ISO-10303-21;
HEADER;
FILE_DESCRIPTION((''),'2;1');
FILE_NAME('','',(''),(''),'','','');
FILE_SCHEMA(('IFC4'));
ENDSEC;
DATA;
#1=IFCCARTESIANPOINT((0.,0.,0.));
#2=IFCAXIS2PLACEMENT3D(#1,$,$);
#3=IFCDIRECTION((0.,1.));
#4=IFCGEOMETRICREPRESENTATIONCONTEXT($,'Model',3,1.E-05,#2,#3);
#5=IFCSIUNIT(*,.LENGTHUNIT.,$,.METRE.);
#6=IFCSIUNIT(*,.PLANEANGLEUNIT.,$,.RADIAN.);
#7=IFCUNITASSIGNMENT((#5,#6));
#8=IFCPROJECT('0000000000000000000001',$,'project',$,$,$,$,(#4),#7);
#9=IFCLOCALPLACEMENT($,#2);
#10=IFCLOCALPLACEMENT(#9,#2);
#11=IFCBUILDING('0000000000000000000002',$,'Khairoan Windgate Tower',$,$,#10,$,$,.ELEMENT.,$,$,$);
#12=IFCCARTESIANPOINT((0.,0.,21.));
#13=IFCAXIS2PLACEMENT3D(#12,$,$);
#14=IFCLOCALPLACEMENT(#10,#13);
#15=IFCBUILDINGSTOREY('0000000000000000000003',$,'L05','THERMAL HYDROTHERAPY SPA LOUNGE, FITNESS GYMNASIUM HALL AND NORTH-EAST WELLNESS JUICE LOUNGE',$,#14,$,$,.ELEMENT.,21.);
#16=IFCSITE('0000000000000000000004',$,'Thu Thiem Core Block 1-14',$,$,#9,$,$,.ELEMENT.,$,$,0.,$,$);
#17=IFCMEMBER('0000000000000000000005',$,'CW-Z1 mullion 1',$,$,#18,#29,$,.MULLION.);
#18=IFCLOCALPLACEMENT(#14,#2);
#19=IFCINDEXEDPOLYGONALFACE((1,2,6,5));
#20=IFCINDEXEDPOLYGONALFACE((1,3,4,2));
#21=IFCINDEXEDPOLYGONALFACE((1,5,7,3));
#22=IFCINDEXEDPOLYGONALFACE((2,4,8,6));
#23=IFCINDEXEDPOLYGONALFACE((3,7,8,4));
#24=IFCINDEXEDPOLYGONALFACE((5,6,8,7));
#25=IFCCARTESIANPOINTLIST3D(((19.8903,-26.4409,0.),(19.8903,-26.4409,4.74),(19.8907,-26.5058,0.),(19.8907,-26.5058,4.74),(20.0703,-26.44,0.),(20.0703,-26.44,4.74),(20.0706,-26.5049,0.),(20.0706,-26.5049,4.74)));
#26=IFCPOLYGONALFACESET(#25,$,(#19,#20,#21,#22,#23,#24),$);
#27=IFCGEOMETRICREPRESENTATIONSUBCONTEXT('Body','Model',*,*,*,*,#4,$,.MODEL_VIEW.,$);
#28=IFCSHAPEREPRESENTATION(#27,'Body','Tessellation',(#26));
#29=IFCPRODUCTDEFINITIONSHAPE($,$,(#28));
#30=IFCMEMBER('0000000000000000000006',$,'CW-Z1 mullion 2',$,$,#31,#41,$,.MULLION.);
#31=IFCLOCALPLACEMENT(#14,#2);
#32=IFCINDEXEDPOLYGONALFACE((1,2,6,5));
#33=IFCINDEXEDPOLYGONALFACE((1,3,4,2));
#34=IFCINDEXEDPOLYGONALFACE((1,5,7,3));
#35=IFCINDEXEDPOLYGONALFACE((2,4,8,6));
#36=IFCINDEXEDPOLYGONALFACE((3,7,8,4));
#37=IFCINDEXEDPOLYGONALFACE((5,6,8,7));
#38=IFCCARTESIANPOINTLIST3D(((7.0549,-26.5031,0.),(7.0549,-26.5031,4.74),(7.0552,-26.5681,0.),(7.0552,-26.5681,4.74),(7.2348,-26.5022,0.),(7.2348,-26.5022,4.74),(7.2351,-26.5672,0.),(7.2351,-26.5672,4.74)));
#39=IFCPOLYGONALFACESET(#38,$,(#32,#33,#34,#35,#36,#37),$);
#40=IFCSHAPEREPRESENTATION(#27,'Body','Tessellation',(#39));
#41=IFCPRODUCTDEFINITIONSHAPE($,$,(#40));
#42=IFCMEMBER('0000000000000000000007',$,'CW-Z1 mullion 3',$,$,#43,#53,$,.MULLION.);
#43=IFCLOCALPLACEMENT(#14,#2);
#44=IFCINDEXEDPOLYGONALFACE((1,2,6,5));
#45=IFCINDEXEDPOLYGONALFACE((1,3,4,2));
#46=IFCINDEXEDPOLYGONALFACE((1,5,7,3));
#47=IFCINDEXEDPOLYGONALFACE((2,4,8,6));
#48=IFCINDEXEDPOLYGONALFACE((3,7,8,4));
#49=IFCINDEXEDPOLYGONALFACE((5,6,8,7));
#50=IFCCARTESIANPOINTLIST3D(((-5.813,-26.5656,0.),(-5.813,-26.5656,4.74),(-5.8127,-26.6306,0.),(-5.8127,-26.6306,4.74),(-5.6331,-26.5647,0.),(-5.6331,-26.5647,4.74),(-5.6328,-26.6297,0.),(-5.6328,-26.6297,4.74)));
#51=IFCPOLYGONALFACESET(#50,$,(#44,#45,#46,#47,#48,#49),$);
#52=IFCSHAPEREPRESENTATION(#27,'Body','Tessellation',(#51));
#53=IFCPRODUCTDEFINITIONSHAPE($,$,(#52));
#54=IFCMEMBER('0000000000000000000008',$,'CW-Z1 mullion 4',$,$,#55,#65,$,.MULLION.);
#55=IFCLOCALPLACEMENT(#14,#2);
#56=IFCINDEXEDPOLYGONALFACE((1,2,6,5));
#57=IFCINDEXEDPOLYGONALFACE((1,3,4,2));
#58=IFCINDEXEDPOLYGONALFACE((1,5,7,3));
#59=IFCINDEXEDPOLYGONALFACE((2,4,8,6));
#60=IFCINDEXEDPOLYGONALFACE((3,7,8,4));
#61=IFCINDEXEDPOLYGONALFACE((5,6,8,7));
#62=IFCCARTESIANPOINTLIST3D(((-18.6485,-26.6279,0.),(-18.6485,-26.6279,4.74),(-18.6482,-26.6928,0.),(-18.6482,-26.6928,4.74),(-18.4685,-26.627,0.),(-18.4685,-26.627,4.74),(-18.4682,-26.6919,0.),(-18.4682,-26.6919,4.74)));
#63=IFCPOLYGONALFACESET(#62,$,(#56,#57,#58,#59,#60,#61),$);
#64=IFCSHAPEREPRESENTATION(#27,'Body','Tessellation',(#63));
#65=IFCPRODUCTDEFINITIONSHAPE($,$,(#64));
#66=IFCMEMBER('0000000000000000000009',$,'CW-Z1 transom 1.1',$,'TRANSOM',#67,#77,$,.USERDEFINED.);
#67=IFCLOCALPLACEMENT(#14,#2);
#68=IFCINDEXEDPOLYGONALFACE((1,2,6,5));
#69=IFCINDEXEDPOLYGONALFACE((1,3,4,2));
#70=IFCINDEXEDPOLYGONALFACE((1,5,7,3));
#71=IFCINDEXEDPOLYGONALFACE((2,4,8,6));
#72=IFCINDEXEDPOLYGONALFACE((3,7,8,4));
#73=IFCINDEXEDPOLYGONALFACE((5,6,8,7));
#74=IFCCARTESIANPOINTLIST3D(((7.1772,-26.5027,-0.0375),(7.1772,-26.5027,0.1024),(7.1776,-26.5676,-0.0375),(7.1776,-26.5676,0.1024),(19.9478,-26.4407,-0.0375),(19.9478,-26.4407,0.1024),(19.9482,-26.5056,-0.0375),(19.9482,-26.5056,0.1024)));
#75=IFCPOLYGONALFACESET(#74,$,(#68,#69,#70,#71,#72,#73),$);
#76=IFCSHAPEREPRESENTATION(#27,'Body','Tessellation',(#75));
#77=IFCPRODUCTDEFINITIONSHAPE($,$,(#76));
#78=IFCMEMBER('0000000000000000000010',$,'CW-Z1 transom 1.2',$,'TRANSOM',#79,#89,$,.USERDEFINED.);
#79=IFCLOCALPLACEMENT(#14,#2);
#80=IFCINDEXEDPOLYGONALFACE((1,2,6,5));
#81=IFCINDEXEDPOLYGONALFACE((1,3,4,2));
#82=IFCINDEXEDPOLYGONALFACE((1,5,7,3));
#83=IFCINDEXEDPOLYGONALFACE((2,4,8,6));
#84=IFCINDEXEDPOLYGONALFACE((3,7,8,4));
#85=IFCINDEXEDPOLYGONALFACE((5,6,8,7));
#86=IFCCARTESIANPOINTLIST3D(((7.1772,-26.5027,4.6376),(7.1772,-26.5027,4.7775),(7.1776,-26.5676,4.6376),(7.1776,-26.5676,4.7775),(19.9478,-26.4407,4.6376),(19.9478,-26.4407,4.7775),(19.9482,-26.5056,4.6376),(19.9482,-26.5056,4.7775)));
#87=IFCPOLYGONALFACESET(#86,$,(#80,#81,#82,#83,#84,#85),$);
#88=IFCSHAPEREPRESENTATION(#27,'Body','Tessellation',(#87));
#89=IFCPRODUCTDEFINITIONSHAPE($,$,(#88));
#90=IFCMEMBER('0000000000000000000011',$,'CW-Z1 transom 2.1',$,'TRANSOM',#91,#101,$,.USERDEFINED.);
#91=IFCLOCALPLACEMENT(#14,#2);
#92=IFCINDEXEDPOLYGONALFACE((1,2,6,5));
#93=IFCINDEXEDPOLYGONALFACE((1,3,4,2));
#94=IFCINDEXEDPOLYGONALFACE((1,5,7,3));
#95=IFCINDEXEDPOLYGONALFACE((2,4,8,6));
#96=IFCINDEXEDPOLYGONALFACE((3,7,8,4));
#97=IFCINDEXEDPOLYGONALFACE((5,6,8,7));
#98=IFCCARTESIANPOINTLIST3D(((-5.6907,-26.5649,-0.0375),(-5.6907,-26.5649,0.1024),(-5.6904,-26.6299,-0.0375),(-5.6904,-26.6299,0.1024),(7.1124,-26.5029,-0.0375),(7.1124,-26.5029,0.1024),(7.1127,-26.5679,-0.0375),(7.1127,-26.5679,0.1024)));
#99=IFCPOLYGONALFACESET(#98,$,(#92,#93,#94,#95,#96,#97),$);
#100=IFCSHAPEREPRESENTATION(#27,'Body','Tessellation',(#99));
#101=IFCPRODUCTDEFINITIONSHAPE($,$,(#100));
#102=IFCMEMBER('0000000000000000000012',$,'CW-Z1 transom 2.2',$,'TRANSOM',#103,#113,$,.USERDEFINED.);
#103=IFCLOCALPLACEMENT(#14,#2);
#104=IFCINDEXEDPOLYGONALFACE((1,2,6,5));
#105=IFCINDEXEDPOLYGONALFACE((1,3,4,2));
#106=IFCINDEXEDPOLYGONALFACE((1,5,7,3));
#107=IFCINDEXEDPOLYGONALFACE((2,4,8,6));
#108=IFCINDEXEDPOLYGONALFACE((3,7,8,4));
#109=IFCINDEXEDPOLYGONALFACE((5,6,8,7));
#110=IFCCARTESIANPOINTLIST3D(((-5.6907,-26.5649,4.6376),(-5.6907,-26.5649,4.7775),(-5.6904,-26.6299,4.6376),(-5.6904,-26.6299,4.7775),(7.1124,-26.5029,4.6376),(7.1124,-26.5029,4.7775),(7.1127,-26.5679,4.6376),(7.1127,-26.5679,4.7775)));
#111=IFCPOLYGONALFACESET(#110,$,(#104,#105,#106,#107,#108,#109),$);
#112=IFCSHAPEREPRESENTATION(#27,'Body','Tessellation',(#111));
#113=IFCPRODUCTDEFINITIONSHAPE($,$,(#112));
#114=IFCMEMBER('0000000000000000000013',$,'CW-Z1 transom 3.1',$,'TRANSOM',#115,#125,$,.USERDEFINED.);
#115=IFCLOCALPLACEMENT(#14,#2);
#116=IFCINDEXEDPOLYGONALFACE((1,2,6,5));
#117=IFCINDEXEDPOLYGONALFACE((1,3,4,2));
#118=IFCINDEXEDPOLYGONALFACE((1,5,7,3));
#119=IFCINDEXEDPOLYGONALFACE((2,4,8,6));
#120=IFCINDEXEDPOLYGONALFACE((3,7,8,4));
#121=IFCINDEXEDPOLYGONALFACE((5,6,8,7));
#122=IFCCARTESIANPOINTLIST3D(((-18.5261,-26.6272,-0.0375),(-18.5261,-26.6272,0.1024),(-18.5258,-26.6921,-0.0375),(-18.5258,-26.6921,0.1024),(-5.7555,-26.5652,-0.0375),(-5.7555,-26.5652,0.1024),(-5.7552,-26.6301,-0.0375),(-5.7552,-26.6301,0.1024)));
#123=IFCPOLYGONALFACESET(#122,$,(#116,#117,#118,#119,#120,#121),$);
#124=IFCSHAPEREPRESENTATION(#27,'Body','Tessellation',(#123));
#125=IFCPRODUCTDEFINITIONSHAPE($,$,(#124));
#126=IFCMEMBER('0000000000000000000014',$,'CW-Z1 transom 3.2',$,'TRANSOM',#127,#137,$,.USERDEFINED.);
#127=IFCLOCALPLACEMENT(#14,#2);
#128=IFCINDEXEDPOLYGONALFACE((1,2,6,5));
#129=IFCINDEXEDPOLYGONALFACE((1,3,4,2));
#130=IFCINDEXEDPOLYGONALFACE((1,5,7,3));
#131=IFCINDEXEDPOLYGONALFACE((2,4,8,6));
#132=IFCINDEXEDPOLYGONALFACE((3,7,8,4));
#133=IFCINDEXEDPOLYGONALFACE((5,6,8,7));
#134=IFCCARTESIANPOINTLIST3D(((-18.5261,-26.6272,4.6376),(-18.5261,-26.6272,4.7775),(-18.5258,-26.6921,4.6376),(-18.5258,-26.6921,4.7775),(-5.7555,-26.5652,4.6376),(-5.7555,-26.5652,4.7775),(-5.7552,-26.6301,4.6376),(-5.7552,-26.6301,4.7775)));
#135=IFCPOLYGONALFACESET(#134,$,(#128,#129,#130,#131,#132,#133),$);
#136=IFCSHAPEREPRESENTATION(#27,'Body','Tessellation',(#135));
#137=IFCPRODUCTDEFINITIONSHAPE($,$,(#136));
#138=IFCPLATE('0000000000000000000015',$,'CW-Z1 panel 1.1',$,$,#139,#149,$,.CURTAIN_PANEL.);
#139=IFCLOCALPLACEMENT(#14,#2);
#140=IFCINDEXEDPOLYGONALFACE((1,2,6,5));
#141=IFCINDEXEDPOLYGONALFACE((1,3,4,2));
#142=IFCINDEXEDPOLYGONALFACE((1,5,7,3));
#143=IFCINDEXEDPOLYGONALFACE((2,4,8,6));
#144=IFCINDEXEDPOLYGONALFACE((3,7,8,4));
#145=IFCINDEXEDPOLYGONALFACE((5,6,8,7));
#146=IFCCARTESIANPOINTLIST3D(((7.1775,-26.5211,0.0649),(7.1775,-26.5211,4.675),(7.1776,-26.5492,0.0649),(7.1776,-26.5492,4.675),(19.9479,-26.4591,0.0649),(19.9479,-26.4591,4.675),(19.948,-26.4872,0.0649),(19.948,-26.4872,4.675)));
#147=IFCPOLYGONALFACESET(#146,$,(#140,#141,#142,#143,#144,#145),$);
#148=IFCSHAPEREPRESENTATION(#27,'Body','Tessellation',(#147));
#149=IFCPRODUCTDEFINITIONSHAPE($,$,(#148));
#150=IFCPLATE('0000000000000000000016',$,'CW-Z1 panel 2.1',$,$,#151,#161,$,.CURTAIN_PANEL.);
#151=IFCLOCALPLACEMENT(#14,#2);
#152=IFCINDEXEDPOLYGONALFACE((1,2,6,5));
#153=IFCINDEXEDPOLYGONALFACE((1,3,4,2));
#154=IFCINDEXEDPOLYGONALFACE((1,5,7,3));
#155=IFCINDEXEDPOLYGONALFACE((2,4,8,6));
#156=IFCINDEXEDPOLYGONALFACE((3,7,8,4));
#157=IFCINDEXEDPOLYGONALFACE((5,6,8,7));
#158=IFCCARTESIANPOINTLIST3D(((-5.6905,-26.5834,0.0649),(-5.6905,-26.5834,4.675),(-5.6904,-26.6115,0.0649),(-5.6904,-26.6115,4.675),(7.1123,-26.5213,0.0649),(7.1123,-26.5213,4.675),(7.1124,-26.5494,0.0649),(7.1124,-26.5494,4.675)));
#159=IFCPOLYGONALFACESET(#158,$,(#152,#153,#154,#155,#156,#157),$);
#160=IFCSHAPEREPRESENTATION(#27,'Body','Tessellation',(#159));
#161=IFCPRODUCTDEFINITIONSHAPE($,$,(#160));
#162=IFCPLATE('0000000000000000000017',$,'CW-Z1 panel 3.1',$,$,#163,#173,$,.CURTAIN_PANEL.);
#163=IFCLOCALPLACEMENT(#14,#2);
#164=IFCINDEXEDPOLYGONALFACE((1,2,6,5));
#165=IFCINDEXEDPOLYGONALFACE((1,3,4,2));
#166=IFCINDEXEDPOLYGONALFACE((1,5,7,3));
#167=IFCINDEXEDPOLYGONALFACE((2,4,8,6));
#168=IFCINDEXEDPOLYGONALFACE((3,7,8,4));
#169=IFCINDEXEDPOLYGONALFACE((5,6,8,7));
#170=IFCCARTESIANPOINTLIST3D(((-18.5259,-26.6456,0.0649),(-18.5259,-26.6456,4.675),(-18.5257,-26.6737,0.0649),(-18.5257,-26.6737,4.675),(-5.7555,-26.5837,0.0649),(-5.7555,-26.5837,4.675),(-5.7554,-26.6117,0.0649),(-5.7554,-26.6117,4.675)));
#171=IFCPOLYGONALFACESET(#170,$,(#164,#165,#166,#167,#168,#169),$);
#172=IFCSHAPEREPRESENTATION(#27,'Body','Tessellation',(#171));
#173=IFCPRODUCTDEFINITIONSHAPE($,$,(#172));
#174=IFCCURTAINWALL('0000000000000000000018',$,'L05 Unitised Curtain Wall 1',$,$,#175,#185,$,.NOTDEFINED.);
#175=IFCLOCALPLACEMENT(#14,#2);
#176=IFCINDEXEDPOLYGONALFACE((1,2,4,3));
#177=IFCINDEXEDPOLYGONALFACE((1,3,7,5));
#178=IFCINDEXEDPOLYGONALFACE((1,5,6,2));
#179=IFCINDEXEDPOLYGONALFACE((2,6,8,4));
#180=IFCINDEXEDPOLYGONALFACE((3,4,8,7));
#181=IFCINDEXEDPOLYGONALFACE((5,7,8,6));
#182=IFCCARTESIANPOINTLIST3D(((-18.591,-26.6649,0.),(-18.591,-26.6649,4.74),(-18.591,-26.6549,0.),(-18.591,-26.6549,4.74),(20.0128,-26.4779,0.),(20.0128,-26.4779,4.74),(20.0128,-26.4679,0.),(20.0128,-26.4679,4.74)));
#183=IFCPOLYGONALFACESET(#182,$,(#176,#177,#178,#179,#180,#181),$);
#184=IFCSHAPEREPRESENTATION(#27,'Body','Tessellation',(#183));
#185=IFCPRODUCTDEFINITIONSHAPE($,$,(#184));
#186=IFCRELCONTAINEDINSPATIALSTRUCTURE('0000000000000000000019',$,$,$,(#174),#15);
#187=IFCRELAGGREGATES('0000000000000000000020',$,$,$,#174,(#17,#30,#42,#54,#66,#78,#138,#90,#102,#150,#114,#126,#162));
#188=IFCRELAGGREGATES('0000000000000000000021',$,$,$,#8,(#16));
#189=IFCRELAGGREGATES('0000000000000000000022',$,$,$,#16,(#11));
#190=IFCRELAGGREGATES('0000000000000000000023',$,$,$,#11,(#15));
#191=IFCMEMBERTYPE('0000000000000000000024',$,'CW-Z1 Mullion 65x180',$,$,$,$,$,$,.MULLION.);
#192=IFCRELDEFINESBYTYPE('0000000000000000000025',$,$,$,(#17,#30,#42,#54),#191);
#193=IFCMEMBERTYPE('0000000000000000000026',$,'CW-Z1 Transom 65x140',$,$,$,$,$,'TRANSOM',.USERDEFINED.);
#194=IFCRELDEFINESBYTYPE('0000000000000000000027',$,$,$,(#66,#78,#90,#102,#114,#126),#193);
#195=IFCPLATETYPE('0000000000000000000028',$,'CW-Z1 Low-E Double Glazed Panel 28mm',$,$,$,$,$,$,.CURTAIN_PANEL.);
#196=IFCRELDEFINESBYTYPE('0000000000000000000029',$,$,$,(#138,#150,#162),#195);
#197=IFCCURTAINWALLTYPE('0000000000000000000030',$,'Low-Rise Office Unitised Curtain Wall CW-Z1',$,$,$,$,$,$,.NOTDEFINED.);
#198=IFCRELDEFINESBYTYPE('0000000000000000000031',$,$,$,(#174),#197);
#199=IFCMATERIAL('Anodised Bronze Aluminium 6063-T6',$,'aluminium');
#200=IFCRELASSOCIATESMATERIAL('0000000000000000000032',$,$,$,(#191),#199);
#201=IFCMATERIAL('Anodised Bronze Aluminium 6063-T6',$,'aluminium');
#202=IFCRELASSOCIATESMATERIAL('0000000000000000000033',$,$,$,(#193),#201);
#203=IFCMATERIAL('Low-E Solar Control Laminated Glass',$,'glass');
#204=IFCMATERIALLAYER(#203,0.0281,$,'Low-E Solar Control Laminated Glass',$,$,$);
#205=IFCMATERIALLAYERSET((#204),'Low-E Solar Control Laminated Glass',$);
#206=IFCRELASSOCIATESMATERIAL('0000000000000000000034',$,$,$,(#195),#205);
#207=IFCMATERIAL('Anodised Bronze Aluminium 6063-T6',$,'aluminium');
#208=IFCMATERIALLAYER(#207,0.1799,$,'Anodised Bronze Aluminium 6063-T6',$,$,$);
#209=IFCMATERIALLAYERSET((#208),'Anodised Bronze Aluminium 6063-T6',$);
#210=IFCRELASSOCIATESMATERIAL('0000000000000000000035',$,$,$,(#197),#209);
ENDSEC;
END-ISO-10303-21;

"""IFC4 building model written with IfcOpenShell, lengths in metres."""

from ifc_helpers import new_model, si_unit, direction, frame, frame_2d, origin, origin_2d, place, context, subcontext, project, spatial, rectangle, extrude, material, layer, layer_set, material_profile, profile_set, type_object, element, aggregate, save


model = new_model("IFC4")

# Units and contexts
model_context = context("Model", 3, precision=1e-05, world=origin(), true_north=direction((0.0, 1.0)))
body_context = subcontext(model_context, "Body", "Model", "MODEL_VIEW")
ifc_project = project(units=[si_unit("LENGTHUNIT", "METRE"), si_unit("PLANEANGLEUNIT", "RADIAN")], contexts=[model_context])

# Site, building, storey
site_placement = place(None, origin())
site = spatial("IfcSite", under=ifc_project, at=site_placement, Name="Thu Thiem Core Block 1-14", CompositionType="ELEMENT", RefElevation=0.0)
building_placement = place(site_placement, origin())
building = spatial("IfcBuilding", under=site, at=building_placement, Name="Khairoan Windgate Tower", CompositionType="ELEMENT")
storey_placement = place(building_placement, frame((0.0, 0.0, 21.0)))
storey = spatial("IfcBuildingStorey", under=building, at=storey_placement, Name="L05", Description="THERMAL HYDROTHERAPY SPA LOUNGE, FITNESS GYMNASIUM HALL AND NORTH-EAST WELLNESS JUICE LOUNGE", CompositionType="ELEMENT", Elevation=21.0)

# Members
ifc_material_1 = material(Name="Anodised Bronze Aluminium 6063-T6", Category="aluminium")
ifc_material_profile_1 = material_profile(ifc_material_1, rectangle(XDim=0.0649, YDim=0.1799, at=origin_2d()))
ifc_profile_set_1 = profile_set([ifc_material_profile_1], Name="Anodised Bronze Aluminium 6063-T6")
member_type_1 = type_object("IfcMemberType", Name="CW-Z1 Mullion 65x180", PredefinedType="MULLION", material=ifc_profile_set_1)
member_1_placement = place(storey_placement, frame((19.9805, -26.4729, 0.0), z_axis=(0.0, 0.0, 1.0), x_axis=(0.004849, -0.999988, 0.0)))
member_1 = element("IfcMember", 1, at=member_1_placement, type_object=member_type_1, Name="CW-Z1 mullion 1", PredefinedType="MULLION", context=body_context, shape_type="SweptSolid", body=[
    extrude(rectangle(XDim=0.0649, YDim=0.1799, at=origin_2d()), origin(), (0.0, 0.0, 1.0), 4.74),
])
member_2_placement = place(storey_placement, frame((7.145, -26.5352, 0.0), z_axis=(0.0, 0.0, 1.0), x_axis=(0.004849, -0.999988, 0.0)))
member_2 = element("IfcMember", 2, at=member_2_placement, type_object=member_type_1, Name="CW-Z1 mullion 2", PredefinedType="MULLION", context=body_context, shape_type="SweptSolid", body=[
    extrude(rectangle(XDim=0.0649, YDim=0.1799, at=origin_2d()), origin(), (0.0, 0.0, 1.0), 4.74),
])
member_3_placement = place(storey_placement, frame((-5.7229, -26.5977, 0.0), z_axis=(0.0, 0.0, 1.0), x_axis=(0.004849, -0.999988, 0.0)))
member_3 = element("IfcMember", 3, at=member_3_placement, type_object=member_type_1, Name="CW-Z1 mullion 3", PredefinedType="MULLION", context=body_context, shape_type="SweptSolid", body=[
    extrude(rectangle(XDim=0.0649, YDim=0.1799, at=origin_2d()), origin(), (0.0, 0.0, 1.0), 4.74),
])
member_4_placement = place(storey_placement, frame((-18.5583, -26.6599, 0.0), z_axis=(0.0, 0.0, 1.0), x_axis=(0.004849, -0.999988, 0.0)))
member_4 = element("IfcMember", 4, at=member_4_placement, type_object=member_type_1, Name="CW-Z1 mullion 4", PredefinedType="MULLION", context=body_context, shape_type="SweptSolid", body=[
    extrude(rectangle(XDim=0.0649, YDim=0.1799, at=origin_2d()), origin(), (0.0, 0.0, 1.0), 4.74),
])
ifc_material_2 = material(Name="Anodised Bronze Aluminium 6063-T6", Category="aluminium")
ifc_material_profile_2 = material_profile(ifc_material_2, rectangle(XDim=0.0649, YDim=0.1399, at=origin_2d()))
ifc_profile_set_2 = profile_set([ifc_material_profile_2], Name="Anodised Bronze Aluminium 6063-T6")
member_type_2 = type_object("IfcMemberType", Name="CW-Z1 Transom 65x140", ElementType="TRANSOM", PredefinedType="USERDEFINED", material=ifc_profile_set_2)
member_5_placement = place(storey_placement, frame((19.948, -26.4731, 0.0325), z_axis=(-0.999988, -0.004856, 0.0), x_axis=(0.004856, -0.999988, 0.0)))
member_5 = element("IfcMember", 5, at=member_5_placement, type_object=member_type_2, Name="CW-Z1 transom 1.1", ObjectType="TRANSOM", PredefinedType="USERDEFINED", context=body_context, shape_type="SweptSolid", body=[
    extrude(rectangle(XDim=0.0649, YDim=0.1399, at=origin_2d()), origin(), (0.0, 0.0, 1.0), 12.7708),
])
member_6_placement = place(storey_placement, frame((19.948, -26.4731, 4.7075), z_axis=(-0.999988, -0.004856, 0.0), x_axis=(0.004856, -0.999988, 0.0)))
member_6 = element("IfcMember", 6, at=member_6_placement, type_object=member_type_2, Name="CW-Z1 transom 1.2", ObjectType="TRANSOM", PredefinedType="USERDEFINED", context=body_context, shape_type="SweptSolid", body=[
    extrude(rectangle(XDim=0.0649, YDim=0.1399, at=origin_2d()), origin(), (0.0, 0.0, 1.0), 12.7708),
])
member_7_placement = place(storey_placement, frame((7.1125, -26.5354, 0.0325), z_axis=(-0.999988, -0.004843, 0.0), x_axis=(0.004843, -0.999988, 0.0)))
member_7 = element("IfcMember", 7, at=member_7_placement, type_object=member_type_2, Name="CW-Z1 transom 2.1", ObjectType="TRANSOM", PredefinedType="USERDEFINED", context=body_context, shape_type="SweptSolid", body=[
    extrude(rectangle(XDim=0.0649, YDim=0.1399, at=origin_2d()), origin(), (0.0, 0.0, 1.0), 12.8032),
])
member_8_placement = place(storey_placement, frame((7.1125, -26.5354, 4.7075), z_axis=(-0.999988, -0.004843, 0.0), x_axis=(0.004843, -0.999988, 0.0)))
member_8 = element("IfcMember", 8, at=member_8_placement, type_object=member_type_2, Name="CW-Z1 transom 2.2", ObjectType="TRANSOM", PredefinedType="USERDEFINED", context=body_context, shape_type="SweptSolid", body=[
    extrude(rectangle(XDim=0.0649, YDim=0.1399, at=origin_2d()), origin(), (0.0, 0.0, 1.0), 12.8032),
])
member_9_placement = place(storey_placement, frame((-5.7554, -26.5977, 0.0325), z_axis=(-0.999988, -0.004856, 0.0), x_axis=(0.004856, -0.999988, 0.0)))
member_9 = element("IfcMember", 9, at=member_9_placement, type_object=member_type_2, Name="CW-Z1 transom 3.1", ObjectType="TRANSOM", PredefinedType="USERDEFINED", context=body_context, shape_type="SweptSolid", body=[
    extrude(rectangle(XDim=0.0649, YDim=0.1399, at=origin_2d()), origin(), (0.0, 0.0, 1.0), 12.7708),
])
member_10_placement = place(storey_placement, frame((-5.7554, -26.5977, 4.7075), z_axis=(-0.999988, -0.004856, 0.0), x_axis=(0.004856, -0.999988, 0.0)))
member_10 = element("IfcMember", 10, at=member_10_placement, type_object=member_type_2, Name="CW-Z1 transom 3.2", ObjectType="TRANSOM", PredefinedType="USERDEFINED", context=body_context, shape_type="SweptSolid", body=[
    extrude(rectangle(XDim=0.0649, YDim=0.1399, at=origin_2d()), origin(), (0.0, 0.0, 1.0), 12.7708),
])

# Plates
ifc_material_3 = material(Name="Low-E Solar Control Laminated Glass", Category="glass")
ifc_layer_1 = layer(ifc_material_3, 0.0281, Name="Low-E Solar Control Laminated Glass")
ifc_layer_set_1 = layer_set([ifc_layer_1], Name="Low-E Solar Control Laminated Glass")
plate_type_1 = type_object("IfcPlateType", Name="CW-Z1 Low-E Double Glazed Panel 28mm", PredefinedType="CURTAIN_PANEL", material=ifc_layer_set_1)
plate_1_placement = place(storey_placement, frame((13.5627, -26.5042, 0.0649), z_axis=(0.0, 0.0, 1.0), x_axis=(-0.999988, -0.004849, 0.0)))
plate_1 = element("IfcPlate", 11, at=plate_1_placement, type_object=plate_type_1, Name="CW-Z1 panel 1.1", PredefinedType="CURTAIN_PANEL", context=body_context, shape_type="SweptSolid", body=[
    extrude(rectangle(XDim=12.7705, YDim=0.0281, at=origin_2d()), origin(), (0.0, 0.0, 1.0), 4.6101),
])
plate_2_placement = place(storey_placement, frame((0.7109, -26.5664, 0.0649), z_axis=(0.0, 0.0, 1.0), x_axis=(-0.999988, -0.004849, 0.0)))
plate_2 = element("IfcPlate", 12, at=plate_2_placement, type_object=plate_type_1, Name="CW-Z1 panel 2.1", PredefinedType="CURTAIN_PANEL", context=body_context, shape_type="SweptSolid", body=[
    extrude(rectangle(XDim=12.803, YDim=0.0281, at=origin_2d()), origin(), (0.0, 0.0, 1.0), 4.6101),
])
plate_3_placement = place(storey_placement, frame((-12.1406, -26.6287, 0.0649), z_axis=(0.0, 0.0, 1.0), x_axis=(-0.999988, -0.004849, 0.0)))
plate_3 = element("IfcPlate", 13, at=plate_3_placement, type_object=plate_type_1, Name="CW-Z1 panel 3.1", PredefinedType="CURTAIN_PANEL", context=body_context, shape_type="SweptSolid", body=[
    extrude(rectangle(XDim=12.7705, YDim=0.0281, at=origin_2d()), origin(), (0.0, 0.0, 1.0), 4.6101),
])

# Curtain wall
ifc_material_4 = material(Name="Anodised Bronze Aluminium 6063-T6", Category="aluminium")
ifc_layer_2 = layer(ifc_material_4, 0.1799, Name="Anodised Bronze Aluminium 6063-T6")
ifc_layer_set_2 = layer_set([ifc_layer_2], Name="Anodised Bronze Aluminium 6063-T6")
curtain_wall_type = type_object("IfcCurtainWallType", Name="Low-Rise Office Unitised Curtain Wall CW-Z1", PredefinedType="NOTDEFINED", material=ifc_layer_set_2)
curtain_wall_placement = place(storey_placement, frame((20.0129, -26.4729, 0.0), z_axis=(0.0, 0.0, 1.0), x_axis=(-0.999988, -0.004844, 0.0)))
curtain_wall = element("IfcCurtainWall", 14, at=curtain_wall_placement, inside=storey, type_object=curtain_wall_type, Name="L05 Unitised Curtain Wall 1", PredefinedType="NOTDEFINED", context=body_context, shape_type="SweptSolid", body=[
    extrude(rectangle(XDim=38.6042, YDim=0.01, at=frame_2d((19.3022, 0.0))), origin(), (0.0, 0.0, 1.0), 4.74),
])
aggregate(curtain_wall, [member_1, member_2, member_3, member_4, member_5, member_6, plate_1, member_7, member_8, plate_2, member_9, member_10, plate_3])

save(model, "model.ifc")
